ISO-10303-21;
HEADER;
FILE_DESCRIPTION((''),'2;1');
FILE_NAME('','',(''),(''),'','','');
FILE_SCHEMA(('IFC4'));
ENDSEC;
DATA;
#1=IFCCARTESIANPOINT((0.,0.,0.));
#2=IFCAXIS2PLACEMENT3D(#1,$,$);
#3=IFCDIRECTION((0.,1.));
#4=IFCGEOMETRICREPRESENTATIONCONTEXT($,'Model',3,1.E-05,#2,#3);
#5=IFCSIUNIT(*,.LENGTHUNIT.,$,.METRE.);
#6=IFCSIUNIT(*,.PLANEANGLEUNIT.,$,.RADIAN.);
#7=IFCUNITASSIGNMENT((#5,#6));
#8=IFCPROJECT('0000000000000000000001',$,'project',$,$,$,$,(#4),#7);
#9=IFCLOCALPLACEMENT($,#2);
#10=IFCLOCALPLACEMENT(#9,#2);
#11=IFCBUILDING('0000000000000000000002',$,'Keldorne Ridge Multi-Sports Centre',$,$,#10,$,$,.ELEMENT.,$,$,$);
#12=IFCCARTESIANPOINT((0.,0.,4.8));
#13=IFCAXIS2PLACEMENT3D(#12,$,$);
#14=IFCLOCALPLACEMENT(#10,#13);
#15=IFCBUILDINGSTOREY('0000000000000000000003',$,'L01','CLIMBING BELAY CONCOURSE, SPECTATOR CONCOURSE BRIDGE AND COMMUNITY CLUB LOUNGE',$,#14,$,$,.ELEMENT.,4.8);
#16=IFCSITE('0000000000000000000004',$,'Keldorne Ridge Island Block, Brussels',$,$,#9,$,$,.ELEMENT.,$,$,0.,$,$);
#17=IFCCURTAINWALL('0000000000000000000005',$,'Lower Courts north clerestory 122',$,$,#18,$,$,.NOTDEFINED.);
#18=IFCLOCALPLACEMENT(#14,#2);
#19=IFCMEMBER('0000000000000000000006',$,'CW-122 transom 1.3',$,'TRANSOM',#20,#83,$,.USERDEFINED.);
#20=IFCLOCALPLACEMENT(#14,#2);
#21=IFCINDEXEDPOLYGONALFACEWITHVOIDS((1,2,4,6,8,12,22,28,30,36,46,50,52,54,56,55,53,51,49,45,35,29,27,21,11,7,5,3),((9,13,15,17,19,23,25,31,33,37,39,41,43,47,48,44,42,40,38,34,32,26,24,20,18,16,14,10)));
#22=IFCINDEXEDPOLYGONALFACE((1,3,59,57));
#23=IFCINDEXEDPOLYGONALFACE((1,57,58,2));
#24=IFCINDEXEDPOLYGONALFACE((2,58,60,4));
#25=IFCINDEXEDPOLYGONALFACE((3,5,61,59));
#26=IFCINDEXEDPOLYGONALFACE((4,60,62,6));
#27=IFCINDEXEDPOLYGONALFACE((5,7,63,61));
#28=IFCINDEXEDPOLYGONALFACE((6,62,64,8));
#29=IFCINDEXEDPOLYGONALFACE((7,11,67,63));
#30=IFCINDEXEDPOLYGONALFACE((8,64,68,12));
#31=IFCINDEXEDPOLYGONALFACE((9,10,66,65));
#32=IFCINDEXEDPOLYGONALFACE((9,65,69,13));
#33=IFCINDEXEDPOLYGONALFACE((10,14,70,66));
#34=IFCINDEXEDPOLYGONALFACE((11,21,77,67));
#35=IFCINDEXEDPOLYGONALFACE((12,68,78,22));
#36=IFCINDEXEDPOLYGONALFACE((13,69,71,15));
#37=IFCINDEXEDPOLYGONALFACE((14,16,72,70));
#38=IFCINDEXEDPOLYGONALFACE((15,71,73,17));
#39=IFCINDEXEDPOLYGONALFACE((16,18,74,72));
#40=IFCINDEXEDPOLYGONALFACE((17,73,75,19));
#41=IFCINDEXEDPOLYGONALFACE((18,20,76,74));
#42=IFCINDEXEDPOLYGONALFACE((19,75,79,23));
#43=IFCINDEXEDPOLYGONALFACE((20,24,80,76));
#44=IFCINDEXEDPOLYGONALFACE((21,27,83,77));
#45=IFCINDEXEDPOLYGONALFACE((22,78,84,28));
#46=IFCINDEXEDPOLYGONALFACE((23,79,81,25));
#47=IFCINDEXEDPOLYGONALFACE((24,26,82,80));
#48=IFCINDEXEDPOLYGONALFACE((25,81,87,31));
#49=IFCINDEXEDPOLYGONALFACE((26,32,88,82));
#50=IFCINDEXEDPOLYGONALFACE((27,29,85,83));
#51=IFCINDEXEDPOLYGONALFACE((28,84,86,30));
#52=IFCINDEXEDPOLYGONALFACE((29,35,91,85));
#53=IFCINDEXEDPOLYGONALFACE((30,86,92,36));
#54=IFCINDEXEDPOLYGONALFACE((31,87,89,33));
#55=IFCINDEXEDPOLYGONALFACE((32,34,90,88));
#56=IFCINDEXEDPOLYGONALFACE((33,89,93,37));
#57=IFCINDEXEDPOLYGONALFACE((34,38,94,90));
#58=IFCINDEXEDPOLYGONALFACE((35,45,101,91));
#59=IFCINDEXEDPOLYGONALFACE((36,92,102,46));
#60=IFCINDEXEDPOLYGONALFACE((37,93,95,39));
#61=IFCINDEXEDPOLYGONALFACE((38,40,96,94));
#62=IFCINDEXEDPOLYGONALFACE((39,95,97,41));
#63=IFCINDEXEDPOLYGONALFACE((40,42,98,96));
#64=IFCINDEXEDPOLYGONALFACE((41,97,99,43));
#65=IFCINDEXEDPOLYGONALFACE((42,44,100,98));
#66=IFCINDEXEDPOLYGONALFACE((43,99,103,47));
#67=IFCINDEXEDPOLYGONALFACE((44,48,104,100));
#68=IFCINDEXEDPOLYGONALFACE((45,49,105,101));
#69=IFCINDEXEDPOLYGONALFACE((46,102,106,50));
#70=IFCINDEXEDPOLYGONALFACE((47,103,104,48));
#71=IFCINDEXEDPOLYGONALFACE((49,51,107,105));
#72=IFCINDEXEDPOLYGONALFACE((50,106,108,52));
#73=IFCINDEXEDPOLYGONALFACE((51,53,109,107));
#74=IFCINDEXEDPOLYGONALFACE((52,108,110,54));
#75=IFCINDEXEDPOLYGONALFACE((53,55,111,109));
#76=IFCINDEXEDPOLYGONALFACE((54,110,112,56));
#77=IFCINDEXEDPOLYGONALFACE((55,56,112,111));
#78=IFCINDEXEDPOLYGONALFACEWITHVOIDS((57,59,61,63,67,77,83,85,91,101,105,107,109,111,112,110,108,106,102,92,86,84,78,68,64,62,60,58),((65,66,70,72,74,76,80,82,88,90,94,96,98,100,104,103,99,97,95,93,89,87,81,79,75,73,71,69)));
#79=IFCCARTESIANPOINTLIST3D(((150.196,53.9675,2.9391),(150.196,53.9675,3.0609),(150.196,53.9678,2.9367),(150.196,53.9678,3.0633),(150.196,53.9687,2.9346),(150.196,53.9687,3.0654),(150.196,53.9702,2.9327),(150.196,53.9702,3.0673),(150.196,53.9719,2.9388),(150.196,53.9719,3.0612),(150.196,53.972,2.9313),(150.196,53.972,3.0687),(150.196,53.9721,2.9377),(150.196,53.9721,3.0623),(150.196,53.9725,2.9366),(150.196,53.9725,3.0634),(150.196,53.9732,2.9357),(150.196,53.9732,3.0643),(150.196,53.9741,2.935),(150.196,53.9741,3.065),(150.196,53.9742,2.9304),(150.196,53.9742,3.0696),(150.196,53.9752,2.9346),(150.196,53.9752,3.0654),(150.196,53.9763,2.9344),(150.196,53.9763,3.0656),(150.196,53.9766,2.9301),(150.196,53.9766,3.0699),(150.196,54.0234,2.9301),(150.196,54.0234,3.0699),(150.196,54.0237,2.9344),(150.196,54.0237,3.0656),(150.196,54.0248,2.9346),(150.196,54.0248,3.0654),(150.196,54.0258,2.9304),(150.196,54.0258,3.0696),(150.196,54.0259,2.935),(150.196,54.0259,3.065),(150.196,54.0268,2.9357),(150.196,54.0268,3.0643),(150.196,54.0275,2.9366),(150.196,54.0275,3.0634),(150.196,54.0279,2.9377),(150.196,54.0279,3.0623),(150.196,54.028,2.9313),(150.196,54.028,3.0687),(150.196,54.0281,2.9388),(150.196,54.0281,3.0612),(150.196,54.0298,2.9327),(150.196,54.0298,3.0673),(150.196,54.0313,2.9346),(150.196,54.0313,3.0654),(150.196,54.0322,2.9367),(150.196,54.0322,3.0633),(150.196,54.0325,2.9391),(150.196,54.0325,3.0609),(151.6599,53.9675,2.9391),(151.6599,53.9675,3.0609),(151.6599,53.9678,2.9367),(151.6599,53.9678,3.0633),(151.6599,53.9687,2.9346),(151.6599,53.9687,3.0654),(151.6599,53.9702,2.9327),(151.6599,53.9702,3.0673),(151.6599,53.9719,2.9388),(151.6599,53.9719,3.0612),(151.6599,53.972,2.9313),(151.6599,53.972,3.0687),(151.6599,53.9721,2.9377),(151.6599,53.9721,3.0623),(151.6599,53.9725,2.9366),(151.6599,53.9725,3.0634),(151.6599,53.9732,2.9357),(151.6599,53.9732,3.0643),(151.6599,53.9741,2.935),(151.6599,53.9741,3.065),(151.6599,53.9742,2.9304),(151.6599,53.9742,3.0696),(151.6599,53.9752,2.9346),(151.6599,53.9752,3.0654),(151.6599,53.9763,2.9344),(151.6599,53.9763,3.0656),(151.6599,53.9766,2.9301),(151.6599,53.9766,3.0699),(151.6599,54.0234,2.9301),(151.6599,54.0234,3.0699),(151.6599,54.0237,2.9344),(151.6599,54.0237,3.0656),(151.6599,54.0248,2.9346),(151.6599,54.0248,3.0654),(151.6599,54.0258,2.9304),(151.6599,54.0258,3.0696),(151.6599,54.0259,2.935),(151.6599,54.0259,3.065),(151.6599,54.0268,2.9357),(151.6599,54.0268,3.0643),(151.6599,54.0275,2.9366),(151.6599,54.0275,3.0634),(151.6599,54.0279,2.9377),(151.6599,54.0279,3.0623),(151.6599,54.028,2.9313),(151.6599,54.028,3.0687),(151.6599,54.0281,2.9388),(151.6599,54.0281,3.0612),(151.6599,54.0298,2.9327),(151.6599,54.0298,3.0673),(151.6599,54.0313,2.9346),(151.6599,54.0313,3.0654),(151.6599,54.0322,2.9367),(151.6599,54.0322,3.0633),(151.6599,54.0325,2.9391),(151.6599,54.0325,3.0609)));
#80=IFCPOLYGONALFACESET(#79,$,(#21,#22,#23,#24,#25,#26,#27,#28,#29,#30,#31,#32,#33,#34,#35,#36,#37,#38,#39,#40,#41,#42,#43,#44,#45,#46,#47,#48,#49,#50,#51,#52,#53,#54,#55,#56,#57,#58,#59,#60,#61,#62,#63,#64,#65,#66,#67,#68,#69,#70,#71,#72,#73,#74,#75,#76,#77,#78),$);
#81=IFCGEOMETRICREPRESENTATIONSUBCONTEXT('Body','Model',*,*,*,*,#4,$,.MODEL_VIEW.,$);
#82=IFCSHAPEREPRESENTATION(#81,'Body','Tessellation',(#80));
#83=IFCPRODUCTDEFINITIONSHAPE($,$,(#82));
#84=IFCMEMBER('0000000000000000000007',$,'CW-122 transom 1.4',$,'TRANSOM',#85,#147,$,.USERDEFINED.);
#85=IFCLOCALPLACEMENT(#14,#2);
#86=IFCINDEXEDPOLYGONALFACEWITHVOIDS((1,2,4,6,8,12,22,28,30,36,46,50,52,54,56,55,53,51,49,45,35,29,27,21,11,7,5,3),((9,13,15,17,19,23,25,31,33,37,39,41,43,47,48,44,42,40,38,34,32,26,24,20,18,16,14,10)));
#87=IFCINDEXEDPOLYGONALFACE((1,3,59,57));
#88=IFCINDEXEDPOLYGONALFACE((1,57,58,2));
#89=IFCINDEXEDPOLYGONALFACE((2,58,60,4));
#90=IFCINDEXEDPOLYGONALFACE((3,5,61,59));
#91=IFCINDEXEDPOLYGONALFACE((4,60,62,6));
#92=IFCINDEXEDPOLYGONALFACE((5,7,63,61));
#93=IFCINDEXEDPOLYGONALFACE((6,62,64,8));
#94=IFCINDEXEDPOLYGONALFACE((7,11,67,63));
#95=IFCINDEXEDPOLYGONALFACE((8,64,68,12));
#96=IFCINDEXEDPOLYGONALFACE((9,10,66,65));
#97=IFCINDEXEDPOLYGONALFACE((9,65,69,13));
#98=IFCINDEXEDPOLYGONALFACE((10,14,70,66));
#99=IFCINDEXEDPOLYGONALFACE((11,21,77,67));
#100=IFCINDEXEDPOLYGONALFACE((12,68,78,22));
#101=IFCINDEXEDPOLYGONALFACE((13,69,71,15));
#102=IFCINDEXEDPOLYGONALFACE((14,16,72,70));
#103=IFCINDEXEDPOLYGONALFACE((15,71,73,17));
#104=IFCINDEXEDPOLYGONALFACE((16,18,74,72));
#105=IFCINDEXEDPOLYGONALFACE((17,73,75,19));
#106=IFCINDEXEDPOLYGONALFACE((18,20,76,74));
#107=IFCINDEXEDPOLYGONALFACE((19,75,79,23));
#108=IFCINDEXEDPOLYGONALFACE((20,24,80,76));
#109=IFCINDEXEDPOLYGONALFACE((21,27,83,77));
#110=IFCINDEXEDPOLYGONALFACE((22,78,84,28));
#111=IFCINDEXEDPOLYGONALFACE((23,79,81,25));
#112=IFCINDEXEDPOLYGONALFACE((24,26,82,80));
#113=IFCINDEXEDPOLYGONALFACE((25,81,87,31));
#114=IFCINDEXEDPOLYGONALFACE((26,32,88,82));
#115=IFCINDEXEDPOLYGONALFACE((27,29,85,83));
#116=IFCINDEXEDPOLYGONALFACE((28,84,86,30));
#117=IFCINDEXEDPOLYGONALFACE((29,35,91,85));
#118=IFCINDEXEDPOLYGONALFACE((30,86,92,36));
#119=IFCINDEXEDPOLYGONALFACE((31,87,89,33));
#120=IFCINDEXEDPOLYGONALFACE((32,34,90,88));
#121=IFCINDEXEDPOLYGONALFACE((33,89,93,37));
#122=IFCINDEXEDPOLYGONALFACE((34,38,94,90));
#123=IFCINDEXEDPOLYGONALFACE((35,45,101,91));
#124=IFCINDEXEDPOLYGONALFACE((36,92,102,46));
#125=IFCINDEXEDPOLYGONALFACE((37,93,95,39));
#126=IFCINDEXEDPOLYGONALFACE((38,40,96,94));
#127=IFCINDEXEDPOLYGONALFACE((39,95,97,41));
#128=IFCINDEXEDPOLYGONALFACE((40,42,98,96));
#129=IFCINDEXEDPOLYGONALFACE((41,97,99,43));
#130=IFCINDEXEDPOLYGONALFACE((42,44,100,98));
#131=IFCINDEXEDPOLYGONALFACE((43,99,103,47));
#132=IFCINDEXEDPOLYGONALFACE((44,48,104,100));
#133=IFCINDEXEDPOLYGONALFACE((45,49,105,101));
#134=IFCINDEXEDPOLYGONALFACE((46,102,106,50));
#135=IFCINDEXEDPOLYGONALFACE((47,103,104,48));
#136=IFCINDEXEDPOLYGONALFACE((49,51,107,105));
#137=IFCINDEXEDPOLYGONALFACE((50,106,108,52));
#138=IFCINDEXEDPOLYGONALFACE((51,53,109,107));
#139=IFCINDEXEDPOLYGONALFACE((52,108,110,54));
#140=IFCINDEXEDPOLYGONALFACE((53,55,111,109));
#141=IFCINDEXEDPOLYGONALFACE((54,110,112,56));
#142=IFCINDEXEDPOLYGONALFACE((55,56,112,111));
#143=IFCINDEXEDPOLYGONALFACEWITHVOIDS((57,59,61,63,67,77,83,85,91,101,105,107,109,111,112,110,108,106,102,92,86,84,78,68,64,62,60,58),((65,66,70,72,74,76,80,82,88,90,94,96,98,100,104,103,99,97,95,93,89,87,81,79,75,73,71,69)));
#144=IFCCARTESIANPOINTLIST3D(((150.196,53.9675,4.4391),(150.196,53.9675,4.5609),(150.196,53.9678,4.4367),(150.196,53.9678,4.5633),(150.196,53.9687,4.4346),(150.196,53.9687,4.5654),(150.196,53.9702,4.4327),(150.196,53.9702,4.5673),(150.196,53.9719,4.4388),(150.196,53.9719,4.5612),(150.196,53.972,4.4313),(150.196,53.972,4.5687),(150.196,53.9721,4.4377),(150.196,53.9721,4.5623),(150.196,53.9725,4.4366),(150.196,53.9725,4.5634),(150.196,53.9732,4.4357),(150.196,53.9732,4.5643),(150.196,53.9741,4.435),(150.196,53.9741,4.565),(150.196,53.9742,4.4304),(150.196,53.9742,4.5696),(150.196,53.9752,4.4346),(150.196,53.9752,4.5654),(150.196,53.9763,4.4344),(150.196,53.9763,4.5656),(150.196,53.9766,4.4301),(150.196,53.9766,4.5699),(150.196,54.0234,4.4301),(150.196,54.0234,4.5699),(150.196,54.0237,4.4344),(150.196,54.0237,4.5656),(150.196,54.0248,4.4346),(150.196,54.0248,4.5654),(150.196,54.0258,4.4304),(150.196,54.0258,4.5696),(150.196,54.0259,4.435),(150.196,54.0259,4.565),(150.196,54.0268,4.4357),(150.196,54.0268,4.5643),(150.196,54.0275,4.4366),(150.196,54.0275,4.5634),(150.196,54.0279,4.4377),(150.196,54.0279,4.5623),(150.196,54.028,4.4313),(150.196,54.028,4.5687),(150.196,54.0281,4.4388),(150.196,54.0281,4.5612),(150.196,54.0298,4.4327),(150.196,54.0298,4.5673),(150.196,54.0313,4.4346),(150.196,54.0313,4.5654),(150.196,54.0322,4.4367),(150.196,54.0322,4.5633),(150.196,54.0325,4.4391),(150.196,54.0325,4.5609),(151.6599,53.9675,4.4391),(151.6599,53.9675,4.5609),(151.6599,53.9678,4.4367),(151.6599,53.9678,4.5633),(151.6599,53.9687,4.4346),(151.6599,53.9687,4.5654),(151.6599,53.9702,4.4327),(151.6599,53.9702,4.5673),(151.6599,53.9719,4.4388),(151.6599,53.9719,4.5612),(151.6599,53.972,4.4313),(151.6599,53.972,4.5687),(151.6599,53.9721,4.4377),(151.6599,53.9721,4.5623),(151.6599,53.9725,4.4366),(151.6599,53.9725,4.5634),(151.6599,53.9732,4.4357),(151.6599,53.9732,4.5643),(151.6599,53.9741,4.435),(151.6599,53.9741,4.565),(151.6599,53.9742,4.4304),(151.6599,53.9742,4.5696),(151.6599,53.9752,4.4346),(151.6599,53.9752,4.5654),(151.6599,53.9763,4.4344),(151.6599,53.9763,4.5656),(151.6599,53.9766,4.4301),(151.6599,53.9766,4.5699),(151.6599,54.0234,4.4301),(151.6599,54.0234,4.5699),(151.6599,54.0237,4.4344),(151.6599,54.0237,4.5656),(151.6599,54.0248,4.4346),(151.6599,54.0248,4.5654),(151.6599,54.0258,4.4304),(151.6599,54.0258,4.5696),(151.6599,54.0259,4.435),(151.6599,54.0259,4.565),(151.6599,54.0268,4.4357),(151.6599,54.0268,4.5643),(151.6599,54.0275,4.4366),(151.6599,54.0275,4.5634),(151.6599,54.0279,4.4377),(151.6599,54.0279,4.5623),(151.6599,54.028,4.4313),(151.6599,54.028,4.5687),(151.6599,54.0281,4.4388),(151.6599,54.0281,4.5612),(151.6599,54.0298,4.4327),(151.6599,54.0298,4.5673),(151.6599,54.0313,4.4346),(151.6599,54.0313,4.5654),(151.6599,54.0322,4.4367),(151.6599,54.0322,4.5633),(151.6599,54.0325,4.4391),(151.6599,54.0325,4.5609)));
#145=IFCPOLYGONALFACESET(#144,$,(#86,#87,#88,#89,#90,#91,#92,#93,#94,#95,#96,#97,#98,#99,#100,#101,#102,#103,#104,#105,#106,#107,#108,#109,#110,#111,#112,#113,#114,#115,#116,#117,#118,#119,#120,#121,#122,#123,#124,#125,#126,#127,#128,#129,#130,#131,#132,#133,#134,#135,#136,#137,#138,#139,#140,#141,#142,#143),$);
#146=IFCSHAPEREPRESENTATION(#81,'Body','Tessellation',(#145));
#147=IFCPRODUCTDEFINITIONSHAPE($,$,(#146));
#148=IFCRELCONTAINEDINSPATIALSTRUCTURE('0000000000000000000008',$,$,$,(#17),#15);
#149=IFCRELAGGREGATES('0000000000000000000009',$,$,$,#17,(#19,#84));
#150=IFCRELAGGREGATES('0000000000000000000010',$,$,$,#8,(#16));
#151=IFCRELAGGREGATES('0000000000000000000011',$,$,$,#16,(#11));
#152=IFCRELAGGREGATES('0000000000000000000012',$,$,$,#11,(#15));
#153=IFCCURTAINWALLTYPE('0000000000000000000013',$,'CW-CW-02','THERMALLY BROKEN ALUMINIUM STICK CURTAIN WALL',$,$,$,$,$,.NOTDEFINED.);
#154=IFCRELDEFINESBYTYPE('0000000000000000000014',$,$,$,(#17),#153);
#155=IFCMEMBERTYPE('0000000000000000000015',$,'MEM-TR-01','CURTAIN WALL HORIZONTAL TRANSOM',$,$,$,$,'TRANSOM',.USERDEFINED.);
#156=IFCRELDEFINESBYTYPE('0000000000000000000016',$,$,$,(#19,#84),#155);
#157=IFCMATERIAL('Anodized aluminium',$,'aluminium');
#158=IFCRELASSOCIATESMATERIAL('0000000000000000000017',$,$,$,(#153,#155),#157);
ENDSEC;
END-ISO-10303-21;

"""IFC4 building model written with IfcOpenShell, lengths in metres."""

from ifc_helpers import new_model, si_unit, direction, frame, origin, origin_2d, place, context, subcontext, project, spatial, hollow_rectangle, extrude, material, material_profile, profile_set, type_object, element, aggregate, save


model = new_model("IFC4")

# Units and contexts
model_context = context("Model", 3, precision=1e-05, world=origin(), true_north=direction((0.0, 1.0)))
body_context = subcontext(model_context, "Body", "Model", "MODEL_VIEW")
ifc_project = project(units=[si_unit("LENGTHUNIT", "METRE"), si_unit("PLANEANGLEUNIT", "RADIAN")], contexts=[model_context])

# Site, building, storey
site_placement = place(None, origin())
site = spatial("IfcSite", under=ifc_project, at=site_placement, Name="Keldorne Ridge Island Block, Brussels", CompositionType="ELEMENT", RefElevation=0.0)
building_placement = place(site_placement, origin())
building = spatial("IfcBuilding", under=site, at=building_placement, Name="Keldorne Ridge Multi-Sports Centre", CompositionType="ELEMENT")
storey_placement = place(building_placement, frame((0.0, 0.0, 4.8)))
storey = spatial("IfcBuildingStorey", under=building, at=storey_placement, Name="L01", Description="CLIMBING BELAY CONCOURSE, SPECTATOR CONCOURSE BRIDGE AND COMMUNITY CLUB LOUNGE", CompositionType="ELEMENT", Elevation=4.8)

# Curtain wall
ifc_material_1 = material(Name="Anodized aluminium", Category="aluminium")
curtain_wall_type_1 = type_object("IfcCurtainWallType", Name="CW-CW-02", Description="THERMALLY BROKEN ALUMINIUM STICK CURTAIN WALL", PredefinedType="NOTDEFINED", material=ifc_material_1)
curtain_wall_1_placement = place(storey_placement, origin())
curtain_wall_1 = element("IfcCurtainWall", 1, at=curtain_wall_1_placement, inside=storey, type_object=curtain_wall_type_1, Name="Lower Courts north clerestory 122", PredefinedType="NOTDEFINED")

# Members
ifc_material_profile_1 = material_profile(ifc_material_1, hollow_rectangle(XDim=0.0649, YDim=0.1399, WallThickness=0.0044, InnerFilletRadius=0.0044, OuterFilletRadius=0.009, at=origin_2d()), Name="ALU TRANSOM 140x65x4.5")
ifc_profile_set_1 = profile_set([ifc_material_profile_1], Name="Anodized aluminium")
member_type_1 = type_object("IfcMemberType", Name="MEM-TR-01", Description="CURTAIN WALL HORIZONTAL TRANSOM", ElementType="TRANSOM", PredefinedType="USERDEFINED", material=ifc_profile_set_1)
member_1_placement = place(storey_placement, frame((151.6599, 54.0, 3.0), z_axis=(-1.0, 0.0, 0.0), x_axis=(0.0, -1.0, 0.0)))
member_1 = element("IfcMember", 2, at=member_1_placement, type_object=member_type_1, Name="CW-122 transom 1.3", ObjectType="TRANSOM", PredefinedType="USERDEFINED", context=body_context, shape_type="SweptSolid", body=[
    extrude(hollow_rectangle(XDim=0.0649, YDim=0.1399, WallThickness=0.0044, InnerFilletRadius=0.0044, OuterFilletRadius=0.009, at=origin_2d()), origin(), (0.0, 0.0, 1.0), 1.4639),
])
member_2_placement = place(storey_placement, frame((151.6599, 54.0, 4.5), z_axis=(-1.0, 0.0, 0.0), x_axis=(0.0, -1.0, 0.0)))
member_2 = element("IfcMember", 3, at=member_2_placement, type_object=member_type_1, Name="CW-122 transom 1.4", ObjectType="TRANSOM", PredefinedType="USERDEFINED", context=body_context, shape_type="SweptSolid", body=[
    extrude(hollow_rectangle(XDim=0.0649, YDim=0.1399, WallThickness=0.0044, InnerFilletRadius=0.0044, OuterFilletRadius=0.009, at=origin_2d()), origin(), (0.0, 0.0, 1.0), 1.4639),
])

aggregate(curtain_wall_1, [member_1, member_2])

save(model, "model.ifc")
